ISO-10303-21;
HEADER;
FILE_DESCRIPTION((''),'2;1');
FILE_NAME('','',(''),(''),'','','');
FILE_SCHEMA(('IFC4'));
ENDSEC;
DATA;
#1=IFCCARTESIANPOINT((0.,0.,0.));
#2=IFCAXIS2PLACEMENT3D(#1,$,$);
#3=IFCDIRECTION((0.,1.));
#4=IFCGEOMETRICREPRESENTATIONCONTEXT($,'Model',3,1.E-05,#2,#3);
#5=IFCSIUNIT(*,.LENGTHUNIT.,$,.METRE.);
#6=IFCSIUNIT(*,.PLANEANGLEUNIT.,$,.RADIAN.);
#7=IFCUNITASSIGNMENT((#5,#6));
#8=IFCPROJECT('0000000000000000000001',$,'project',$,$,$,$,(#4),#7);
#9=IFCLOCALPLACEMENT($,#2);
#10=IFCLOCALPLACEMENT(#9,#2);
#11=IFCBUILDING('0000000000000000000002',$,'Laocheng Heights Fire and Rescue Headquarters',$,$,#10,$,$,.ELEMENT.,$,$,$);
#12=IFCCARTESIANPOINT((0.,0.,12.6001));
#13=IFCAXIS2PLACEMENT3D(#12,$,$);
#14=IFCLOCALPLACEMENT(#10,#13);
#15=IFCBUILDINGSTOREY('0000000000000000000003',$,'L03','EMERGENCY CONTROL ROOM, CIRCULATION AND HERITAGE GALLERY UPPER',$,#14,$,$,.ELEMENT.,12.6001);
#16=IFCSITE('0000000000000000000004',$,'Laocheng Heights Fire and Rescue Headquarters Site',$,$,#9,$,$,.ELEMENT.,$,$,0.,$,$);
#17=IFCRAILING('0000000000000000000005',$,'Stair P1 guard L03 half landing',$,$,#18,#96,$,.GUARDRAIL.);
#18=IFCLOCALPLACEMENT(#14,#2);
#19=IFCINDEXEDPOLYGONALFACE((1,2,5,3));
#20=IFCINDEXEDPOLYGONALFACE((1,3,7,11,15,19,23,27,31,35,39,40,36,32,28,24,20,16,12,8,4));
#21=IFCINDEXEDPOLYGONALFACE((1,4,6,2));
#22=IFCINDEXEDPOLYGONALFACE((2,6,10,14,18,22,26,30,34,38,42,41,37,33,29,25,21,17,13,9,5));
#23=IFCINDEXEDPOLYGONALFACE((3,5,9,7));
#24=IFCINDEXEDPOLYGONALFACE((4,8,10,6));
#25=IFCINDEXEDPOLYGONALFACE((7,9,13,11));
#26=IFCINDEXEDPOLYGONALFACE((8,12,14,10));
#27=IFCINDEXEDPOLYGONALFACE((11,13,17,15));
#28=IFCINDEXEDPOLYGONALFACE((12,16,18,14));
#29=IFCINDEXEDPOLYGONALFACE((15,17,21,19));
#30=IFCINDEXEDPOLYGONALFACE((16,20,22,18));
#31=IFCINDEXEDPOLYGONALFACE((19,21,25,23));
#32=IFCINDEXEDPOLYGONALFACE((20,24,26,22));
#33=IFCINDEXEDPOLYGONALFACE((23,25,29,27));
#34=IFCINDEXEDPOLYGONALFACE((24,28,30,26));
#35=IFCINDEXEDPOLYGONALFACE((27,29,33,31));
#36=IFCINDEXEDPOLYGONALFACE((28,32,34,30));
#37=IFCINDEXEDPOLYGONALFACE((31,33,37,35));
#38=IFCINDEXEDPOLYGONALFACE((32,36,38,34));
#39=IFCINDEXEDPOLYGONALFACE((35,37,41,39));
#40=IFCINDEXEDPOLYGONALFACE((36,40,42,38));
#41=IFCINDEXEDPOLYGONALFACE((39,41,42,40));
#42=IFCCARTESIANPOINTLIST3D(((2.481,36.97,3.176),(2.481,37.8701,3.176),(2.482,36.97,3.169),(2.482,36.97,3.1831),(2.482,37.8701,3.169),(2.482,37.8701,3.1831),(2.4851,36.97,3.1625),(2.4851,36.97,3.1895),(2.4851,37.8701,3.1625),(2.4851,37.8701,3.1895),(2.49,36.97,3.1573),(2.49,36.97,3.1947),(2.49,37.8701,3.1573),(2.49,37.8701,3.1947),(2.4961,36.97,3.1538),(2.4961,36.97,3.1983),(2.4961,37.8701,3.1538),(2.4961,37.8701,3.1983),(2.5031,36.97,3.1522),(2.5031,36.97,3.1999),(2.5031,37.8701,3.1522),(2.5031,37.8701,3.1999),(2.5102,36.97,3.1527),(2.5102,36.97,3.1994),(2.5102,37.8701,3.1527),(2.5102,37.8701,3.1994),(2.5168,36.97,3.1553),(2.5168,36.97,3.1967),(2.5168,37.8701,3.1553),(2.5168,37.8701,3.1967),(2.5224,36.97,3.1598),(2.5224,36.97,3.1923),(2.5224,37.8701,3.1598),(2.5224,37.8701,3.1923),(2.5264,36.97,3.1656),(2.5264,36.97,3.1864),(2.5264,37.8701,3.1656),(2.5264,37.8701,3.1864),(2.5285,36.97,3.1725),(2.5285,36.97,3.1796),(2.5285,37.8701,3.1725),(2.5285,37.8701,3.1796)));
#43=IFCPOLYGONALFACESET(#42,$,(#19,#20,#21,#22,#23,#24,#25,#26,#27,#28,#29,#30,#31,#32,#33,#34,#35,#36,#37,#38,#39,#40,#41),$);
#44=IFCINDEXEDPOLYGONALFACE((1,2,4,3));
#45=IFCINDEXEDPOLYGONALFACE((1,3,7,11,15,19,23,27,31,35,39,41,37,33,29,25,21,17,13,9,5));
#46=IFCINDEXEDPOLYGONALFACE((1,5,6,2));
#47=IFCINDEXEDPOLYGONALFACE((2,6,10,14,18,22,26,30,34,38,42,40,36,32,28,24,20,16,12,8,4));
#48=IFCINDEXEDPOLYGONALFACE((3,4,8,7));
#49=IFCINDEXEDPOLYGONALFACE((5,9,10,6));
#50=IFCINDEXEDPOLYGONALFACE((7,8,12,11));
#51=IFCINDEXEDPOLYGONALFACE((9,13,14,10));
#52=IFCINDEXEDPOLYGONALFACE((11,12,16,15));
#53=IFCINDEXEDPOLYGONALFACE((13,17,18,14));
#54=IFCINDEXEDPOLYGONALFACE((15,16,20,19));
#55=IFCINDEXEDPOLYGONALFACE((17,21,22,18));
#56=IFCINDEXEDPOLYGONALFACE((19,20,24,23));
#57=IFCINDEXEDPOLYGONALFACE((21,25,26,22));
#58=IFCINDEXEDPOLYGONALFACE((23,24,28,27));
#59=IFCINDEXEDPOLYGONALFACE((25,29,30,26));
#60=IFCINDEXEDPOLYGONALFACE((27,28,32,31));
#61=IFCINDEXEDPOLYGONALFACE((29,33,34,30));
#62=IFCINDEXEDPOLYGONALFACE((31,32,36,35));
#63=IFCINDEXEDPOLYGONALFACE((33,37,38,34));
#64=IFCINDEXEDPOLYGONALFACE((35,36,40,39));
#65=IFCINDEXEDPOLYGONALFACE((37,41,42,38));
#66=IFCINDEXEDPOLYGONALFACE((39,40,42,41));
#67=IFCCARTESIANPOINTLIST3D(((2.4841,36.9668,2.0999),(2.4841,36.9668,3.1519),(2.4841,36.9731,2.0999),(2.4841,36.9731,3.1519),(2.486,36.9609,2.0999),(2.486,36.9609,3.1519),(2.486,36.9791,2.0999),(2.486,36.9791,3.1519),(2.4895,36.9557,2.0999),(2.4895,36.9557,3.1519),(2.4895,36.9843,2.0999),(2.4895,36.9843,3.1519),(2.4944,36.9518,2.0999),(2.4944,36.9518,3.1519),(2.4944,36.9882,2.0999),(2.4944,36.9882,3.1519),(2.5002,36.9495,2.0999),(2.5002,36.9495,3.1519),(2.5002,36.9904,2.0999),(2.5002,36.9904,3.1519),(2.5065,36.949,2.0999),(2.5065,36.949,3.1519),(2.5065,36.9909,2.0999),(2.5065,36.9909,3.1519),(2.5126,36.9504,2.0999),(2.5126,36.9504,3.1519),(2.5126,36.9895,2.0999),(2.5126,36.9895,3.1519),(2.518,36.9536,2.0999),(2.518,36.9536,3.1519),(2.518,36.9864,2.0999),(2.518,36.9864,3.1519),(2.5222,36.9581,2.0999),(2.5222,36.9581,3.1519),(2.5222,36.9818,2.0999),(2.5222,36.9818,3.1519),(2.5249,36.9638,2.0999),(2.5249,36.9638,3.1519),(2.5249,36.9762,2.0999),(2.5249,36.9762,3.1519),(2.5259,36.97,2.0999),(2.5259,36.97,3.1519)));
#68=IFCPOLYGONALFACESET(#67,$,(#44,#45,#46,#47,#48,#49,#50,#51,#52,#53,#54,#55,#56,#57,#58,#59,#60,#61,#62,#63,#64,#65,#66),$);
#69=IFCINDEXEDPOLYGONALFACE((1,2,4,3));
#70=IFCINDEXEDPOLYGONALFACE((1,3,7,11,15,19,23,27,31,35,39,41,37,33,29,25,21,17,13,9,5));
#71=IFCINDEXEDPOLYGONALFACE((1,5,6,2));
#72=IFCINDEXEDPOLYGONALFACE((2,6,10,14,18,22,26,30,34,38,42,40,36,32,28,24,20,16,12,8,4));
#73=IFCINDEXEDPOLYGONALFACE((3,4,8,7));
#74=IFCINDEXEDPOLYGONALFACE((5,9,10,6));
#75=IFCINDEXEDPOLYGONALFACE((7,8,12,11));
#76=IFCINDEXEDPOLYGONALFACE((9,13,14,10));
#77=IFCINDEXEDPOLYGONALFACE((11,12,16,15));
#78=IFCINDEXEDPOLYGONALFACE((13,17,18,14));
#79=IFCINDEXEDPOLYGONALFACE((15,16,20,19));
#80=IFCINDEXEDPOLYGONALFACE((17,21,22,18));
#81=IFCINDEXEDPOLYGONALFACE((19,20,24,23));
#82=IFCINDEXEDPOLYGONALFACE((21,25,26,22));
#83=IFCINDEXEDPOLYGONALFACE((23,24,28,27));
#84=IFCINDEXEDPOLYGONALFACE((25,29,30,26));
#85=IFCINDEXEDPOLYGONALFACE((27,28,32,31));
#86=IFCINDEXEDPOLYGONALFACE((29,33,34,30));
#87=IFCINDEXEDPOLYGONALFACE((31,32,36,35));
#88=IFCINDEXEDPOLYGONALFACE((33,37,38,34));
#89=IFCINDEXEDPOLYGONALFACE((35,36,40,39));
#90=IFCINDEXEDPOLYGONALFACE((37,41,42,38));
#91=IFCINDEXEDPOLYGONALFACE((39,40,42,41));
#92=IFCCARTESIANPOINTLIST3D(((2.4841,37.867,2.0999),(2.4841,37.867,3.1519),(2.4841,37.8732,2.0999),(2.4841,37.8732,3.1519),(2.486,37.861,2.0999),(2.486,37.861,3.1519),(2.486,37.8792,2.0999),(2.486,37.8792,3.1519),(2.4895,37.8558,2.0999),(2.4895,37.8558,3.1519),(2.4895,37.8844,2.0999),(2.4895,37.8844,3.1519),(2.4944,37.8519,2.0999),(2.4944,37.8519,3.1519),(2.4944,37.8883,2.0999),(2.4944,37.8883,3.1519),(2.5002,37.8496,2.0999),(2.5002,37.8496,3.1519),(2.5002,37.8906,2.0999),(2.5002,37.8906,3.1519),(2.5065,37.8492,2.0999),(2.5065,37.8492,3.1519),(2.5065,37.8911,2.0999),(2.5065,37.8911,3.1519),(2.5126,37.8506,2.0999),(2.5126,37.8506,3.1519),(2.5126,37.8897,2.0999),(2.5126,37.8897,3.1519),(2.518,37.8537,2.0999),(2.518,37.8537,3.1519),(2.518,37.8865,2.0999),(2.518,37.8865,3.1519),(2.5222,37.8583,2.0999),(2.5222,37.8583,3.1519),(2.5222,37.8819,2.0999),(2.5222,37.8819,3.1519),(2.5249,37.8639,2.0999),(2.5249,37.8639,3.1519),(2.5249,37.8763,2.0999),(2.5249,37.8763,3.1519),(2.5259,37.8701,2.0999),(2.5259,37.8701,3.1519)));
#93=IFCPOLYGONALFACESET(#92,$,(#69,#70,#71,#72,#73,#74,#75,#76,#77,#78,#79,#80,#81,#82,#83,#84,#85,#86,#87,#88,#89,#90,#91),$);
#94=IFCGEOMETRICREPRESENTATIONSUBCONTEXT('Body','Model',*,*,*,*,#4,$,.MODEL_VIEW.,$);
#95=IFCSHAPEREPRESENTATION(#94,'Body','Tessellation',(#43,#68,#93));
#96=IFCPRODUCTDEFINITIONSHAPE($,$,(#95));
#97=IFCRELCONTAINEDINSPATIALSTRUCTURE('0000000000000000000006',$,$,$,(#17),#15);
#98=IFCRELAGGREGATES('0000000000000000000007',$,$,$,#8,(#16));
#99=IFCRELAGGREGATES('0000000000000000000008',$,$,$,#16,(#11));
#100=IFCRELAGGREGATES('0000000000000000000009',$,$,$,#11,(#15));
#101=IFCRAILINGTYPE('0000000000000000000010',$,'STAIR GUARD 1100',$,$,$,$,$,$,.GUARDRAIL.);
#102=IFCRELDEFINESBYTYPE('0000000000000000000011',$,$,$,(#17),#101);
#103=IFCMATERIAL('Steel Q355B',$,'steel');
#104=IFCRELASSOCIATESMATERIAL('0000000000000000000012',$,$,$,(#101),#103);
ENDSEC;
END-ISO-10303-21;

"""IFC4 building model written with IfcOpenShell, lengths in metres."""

from ifc_helpers import new_model, si_unit, direction, frame, origin, origin_2d, place, context, subcontext, project, spatial, circle, extrude, material, type_object, element, save


model = new_model("IFC4")

# Units and contexts
model_context = context("Model", 3, precision=1e-05, world=origin(), true_north=direction((0.0, 1.0)))
body_context = subcontext(model_context, "Body", "Model", "MODEL_VIEW")
ifc_project = project(units=[si_unit("LENGTHUNIT", "METRE"), si_unit("PLANEANGLEUNIT", "RADIAN")], contexts=[model_context])

# Site, building, storey
site_placement = place(None, origin())
site = spatial("IfcSite", under=ifc_project, at=site_placement, Name="Laocheng Heights Fire and Rescue Headquarters Site", CompositionType="ELEMENT", RefElevation=0.0)
building_placement = place(site_placement, origin())
building = spatial("IfcBuilding", under=site, at=building_placement, Name="Laocheng Heights Fire and Rescue Headquarters", CompositionType="ELEMENT")
storey_placement = place(building_placement, frame((0.0, 0.0, 12.6001)))
storey = spatial("IfcBuildingStorey", under=building, at=storey_placement, Name="L03", Description="EMERGENCY CONTROL ROOM, CIRCULATION AND HERITAGE GALLERY UPPER", CompositionType="ELEMENT", Elevation=12.6001)

# Railing
ifc_material_1 = material(Name="Steel Q355B", Category="steel")
railing_type_1 = type_object("IfcRailingType", Name="STAIR GUARD 1100", PredefinedType="GUARDRAIL", material=ifc_material_1)
railing_1_placement = place(storey_placement, frame((2.5049, 36.97, 2.0999)))
element("IfcRailing", 1, at=railing_1_placement, inside=storey, type_object=railing_type_1, Name="Stair P1 guard L03 half landing", PredefinedType="GUARDRAIL", context=body_context, shape_type="SweptSolid", body=[
    extrude(circle(Radius=0.0239, at=origin_2d()), frame((0.0, 0.0, 1.0762), z_axis=(0.0, 1.0, 0.0), x_axis=(-1.0, 0.0, 0.0)), (0.0, 0.0, 1.0), 0.9001),
    extrude(circle(Radius=0.021, at=origin_2d()), origin(), (0.0, 0.0, 1.0), 1.052),
    extrude(circle(Radius=0.021, at=origin_2d()), frame((0.0, 0.9001, 0.0)), (0.0, 0.0, 1.0), 1.052),
])

save(model, "model.ifc")
